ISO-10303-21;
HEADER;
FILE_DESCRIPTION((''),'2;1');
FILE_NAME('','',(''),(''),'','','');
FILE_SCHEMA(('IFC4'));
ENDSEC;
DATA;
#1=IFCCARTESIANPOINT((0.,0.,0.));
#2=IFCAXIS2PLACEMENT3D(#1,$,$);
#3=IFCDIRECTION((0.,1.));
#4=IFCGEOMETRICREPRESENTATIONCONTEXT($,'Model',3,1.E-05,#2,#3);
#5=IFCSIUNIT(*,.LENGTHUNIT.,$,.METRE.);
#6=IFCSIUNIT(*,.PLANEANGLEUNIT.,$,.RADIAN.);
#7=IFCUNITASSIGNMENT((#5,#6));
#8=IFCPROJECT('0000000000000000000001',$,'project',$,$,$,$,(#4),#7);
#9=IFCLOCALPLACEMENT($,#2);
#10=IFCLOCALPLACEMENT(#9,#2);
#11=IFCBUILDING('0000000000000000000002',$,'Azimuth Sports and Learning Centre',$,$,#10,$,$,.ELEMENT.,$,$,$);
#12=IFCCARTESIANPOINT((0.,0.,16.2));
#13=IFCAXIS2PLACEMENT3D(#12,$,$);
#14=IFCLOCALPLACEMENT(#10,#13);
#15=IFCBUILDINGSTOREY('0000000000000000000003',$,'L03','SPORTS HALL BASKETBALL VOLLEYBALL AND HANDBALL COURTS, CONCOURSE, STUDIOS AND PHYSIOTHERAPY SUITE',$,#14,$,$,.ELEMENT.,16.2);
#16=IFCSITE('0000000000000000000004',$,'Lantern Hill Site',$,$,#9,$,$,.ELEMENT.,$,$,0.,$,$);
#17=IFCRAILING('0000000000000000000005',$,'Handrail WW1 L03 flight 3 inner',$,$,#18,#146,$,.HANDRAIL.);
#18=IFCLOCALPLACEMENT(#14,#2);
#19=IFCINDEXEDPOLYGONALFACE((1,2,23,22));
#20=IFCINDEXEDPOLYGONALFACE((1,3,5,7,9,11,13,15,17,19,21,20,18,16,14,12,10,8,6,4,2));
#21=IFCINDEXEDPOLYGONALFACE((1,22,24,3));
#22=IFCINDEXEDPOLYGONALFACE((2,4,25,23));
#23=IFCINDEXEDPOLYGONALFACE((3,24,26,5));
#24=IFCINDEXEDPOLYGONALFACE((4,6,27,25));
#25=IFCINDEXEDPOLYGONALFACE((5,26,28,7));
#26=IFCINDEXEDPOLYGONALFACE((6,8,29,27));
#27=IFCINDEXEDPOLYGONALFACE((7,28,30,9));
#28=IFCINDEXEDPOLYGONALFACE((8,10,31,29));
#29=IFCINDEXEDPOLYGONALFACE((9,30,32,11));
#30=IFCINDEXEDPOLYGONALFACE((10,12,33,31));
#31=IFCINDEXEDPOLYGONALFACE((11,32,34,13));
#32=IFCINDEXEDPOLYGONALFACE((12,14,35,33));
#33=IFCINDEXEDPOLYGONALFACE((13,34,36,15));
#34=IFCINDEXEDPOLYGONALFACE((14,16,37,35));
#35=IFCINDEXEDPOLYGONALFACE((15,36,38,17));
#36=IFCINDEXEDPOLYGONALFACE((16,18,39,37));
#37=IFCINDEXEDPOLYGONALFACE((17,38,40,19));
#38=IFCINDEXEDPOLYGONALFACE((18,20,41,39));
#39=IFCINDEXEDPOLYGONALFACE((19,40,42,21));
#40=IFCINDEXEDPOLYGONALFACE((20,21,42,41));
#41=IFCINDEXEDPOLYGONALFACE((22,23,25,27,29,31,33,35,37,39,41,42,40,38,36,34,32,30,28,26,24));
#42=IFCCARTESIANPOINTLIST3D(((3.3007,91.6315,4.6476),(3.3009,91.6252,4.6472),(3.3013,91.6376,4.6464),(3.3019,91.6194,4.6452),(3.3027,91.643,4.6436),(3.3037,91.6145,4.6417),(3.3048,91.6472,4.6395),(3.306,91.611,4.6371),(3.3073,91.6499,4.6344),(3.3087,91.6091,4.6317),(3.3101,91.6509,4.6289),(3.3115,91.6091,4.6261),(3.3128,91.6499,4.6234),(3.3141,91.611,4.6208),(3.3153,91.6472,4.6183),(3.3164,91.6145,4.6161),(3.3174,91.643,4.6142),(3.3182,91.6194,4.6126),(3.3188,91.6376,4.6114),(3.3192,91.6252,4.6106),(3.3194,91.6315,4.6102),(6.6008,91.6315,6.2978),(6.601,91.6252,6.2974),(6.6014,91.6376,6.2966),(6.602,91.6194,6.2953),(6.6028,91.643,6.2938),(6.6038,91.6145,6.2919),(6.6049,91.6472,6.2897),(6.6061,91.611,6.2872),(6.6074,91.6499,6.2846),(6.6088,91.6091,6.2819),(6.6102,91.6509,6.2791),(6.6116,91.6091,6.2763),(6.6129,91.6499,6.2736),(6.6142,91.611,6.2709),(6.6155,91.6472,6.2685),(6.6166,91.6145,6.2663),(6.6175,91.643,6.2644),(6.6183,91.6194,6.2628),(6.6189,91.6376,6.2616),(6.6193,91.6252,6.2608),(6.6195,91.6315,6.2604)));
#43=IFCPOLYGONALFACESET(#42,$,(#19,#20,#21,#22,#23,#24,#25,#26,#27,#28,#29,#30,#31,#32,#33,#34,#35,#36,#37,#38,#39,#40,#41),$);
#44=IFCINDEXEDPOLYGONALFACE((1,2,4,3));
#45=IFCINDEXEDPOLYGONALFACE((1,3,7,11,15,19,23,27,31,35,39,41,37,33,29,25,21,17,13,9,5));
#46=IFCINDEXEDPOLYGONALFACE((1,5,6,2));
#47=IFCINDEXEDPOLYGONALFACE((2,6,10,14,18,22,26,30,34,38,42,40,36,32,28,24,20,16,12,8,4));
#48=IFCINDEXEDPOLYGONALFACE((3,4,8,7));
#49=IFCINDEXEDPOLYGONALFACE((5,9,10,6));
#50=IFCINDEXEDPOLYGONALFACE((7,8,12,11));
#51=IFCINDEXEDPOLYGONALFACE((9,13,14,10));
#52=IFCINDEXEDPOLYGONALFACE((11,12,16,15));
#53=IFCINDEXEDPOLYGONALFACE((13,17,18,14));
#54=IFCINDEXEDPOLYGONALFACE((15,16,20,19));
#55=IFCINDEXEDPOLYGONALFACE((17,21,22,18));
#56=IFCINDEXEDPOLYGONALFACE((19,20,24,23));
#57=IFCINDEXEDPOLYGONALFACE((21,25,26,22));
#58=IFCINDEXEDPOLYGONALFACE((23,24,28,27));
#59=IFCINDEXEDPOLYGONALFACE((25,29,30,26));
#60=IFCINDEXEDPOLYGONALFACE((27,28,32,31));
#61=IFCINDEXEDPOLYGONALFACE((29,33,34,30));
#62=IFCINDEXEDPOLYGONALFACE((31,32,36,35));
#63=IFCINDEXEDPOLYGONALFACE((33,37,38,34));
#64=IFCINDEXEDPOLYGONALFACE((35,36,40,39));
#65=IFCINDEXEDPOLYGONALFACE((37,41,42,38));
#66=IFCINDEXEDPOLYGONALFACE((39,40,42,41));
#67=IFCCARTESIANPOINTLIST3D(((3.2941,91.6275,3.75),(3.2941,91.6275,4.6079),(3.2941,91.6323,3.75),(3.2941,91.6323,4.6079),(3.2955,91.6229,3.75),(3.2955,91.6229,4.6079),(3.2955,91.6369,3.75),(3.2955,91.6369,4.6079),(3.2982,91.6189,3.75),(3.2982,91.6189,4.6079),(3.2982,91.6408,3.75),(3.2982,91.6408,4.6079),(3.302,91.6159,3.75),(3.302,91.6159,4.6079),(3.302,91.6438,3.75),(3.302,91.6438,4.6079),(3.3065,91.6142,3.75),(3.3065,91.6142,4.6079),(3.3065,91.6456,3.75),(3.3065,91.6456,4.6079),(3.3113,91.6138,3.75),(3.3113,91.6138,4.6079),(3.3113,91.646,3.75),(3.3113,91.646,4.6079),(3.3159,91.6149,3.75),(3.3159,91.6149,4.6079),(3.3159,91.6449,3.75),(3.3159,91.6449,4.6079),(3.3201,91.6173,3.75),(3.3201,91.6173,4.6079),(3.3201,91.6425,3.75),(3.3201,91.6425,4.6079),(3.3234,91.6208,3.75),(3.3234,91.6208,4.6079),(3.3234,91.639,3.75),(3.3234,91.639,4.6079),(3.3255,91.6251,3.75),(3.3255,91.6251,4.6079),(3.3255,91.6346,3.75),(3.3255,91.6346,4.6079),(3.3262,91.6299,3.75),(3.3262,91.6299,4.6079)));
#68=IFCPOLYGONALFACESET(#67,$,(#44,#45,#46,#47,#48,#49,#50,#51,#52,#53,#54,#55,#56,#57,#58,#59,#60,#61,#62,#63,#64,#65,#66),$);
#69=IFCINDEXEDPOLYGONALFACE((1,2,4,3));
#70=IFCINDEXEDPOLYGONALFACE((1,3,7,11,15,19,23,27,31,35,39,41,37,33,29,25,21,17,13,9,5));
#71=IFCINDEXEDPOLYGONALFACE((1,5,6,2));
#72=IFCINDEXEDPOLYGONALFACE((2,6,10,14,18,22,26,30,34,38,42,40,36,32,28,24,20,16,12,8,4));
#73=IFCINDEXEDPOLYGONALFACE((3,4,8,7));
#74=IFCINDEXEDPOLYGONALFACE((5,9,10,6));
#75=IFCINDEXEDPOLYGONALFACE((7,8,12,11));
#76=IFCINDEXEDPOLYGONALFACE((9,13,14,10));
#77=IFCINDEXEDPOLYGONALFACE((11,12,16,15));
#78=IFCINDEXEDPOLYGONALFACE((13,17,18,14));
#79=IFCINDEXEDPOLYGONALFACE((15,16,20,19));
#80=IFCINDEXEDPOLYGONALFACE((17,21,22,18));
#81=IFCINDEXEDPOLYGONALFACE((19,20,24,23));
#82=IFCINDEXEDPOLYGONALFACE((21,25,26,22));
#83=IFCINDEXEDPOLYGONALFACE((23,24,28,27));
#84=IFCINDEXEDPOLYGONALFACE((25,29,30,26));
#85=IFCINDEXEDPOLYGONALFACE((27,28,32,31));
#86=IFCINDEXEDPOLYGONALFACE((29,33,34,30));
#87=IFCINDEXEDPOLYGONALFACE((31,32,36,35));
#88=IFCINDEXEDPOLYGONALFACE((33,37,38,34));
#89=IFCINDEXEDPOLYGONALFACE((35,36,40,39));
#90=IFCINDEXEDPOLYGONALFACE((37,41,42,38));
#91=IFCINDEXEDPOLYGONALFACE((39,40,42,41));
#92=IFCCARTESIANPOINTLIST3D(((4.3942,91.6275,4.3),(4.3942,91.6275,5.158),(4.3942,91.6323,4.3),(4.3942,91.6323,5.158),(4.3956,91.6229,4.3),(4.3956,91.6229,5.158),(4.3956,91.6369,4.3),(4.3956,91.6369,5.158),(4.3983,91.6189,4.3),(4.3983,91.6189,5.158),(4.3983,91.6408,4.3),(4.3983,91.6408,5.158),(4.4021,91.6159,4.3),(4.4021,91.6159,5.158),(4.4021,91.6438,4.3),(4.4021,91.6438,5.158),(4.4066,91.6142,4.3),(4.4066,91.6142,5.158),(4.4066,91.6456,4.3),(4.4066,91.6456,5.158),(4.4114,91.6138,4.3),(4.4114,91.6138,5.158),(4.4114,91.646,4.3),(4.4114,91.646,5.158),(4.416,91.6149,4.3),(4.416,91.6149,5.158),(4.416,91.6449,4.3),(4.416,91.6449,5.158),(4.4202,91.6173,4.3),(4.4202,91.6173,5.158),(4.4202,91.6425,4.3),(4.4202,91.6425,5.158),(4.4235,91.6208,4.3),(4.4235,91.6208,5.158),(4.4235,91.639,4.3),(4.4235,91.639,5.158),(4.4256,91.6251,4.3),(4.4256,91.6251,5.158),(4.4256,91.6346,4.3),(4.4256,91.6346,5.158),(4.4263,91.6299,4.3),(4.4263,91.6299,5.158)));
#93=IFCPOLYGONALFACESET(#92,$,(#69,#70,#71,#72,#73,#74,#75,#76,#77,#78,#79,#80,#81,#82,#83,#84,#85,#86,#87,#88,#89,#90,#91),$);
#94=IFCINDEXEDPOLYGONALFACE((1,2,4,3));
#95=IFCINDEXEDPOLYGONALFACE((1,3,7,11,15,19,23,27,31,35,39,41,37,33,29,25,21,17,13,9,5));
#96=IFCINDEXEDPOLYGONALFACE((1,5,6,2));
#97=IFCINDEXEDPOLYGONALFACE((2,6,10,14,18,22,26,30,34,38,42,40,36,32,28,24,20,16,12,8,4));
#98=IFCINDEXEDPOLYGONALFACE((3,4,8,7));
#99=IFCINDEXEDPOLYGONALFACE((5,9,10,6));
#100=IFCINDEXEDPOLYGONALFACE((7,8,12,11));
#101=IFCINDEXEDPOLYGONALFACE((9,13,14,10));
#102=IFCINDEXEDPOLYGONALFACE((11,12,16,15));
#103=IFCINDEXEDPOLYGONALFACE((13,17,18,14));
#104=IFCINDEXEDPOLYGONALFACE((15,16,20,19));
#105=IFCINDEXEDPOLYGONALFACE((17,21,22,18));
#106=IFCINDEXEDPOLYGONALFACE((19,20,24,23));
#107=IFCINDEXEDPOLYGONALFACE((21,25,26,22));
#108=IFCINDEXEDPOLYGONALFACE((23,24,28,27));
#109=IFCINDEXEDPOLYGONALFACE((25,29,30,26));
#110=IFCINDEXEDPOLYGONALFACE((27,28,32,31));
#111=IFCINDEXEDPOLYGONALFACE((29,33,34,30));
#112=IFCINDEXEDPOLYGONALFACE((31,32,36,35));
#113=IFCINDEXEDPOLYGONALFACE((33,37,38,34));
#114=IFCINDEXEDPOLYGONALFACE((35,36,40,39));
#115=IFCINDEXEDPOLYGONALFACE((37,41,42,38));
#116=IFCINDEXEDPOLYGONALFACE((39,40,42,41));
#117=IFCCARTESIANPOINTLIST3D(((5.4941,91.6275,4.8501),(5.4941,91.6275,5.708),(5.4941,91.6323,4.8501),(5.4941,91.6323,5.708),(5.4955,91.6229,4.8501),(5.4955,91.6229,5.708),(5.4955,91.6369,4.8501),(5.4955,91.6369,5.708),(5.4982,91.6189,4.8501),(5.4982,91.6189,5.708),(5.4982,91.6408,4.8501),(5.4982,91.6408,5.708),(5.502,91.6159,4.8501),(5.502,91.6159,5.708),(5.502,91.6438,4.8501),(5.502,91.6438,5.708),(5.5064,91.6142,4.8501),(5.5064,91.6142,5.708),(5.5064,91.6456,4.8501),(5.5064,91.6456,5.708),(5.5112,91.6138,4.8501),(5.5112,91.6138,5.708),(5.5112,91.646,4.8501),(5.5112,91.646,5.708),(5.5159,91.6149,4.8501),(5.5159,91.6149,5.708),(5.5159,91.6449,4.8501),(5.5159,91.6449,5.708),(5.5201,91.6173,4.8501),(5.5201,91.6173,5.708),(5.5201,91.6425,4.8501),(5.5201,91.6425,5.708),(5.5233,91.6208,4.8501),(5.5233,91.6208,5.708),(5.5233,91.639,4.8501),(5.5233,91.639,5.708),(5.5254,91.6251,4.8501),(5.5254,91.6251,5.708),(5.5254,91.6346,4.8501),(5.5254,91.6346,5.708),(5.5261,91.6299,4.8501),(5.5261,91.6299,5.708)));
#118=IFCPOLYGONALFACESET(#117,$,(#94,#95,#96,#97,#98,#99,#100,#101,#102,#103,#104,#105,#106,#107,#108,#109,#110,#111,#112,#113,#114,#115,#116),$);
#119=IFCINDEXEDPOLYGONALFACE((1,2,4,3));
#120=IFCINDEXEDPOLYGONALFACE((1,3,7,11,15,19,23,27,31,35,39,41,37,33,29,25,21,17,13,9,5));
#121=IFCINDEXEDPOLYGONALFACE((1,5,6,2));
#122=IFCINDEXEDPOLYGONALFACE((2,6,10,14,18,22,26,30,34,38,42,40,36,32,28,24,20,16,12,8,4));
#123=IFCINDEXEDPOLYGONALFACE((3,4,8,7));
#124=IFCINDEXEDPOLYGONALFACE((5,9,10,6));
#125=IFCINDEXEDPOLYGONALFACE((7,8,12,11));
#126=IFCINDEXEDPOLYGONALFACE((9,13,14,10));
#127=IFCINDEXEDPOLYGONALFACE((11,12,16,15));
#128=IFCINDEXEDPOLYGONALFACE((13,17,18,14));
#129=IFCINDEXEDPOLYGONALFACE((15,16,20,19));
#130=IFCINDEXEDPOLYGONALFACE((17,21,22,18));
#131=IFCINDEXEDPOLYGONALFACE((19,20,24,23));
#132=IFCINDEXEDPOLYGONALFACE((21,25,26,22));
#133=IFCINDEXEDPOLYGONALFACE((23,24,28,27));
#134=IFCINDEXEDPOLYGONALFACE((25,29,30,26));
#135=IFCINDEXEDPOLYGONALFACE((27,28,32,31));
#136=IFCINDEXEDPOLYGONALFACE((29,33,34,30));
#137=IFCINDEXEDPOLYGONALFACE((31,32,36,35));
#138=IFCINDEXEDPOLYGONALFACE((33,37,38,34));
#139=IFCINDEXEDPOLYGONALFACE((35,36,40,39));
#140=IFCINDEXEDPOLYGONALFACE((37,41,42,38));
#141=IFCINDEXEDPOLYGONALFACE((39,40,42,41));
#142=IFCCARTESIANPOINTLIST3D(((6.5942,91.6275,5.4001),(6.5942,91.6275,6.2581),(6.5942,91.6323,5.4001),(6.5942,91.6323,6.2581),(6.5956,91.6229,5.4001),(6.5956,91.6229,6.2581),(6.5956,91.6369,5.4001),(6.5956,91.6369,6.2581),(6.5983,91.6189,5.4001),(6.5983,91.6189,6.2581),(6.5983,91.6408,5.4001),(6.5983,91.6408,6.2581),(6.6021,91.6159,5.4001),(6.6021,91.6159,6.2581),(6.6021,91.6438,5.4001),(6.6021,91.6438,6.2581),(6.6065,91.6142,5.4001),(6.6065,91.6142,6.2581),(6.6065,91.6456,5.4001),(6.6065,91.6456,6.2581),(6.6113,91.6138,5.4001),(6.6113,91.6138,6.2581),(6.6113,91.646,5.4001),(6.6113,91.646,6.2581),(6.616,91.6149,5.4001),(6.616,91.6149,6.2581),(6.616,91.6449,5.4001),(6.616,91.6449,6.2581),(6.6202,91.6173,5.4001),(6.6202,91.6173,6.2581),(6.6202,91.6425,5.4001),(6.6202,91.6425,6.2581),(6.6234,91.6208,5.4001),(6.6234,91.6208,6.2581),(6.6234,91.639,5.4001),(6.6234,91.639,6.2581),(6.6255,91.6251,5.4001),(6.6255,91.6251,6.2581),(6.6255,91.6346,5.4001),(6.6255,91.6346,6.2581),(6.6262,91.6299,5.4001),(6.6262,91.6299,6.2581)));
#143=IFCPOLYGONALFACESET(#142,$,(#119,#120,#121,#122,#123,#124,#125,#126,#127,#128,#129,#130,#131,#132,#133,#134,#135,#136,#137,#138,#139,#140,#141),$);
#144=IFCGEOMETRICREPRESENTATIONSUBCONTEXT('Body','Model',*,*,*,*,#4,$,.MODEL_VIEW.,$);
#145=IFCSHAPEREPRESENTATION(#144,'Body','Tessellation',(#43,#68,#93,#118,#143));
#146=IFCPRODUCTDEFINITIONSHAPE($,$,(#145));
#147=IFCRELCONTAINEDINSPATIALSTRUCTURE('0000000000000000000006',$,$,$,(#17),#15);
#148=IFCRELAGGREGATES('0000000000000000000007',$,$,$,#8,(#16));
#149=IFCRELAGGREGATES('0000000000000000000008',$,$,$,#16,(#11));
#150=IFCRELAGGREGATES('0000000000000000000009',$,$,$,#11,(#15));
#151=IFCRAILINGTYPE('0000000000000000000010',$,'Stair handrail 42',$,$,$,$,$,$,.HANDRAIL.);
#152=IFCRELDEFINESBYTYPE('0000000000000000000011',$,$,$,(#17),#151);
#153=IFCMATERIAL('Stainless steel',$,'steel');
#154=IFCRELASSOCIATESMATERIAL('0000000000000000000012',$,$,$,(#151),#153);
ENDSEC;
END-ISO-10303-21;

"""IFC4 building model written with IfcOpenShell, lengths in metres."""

from ifc_helpers import new_model, si_unit, direction, frame, origin, origin_2d, place, context, subcontext, project, spatial, circle, extrude, material, type_object, element, save


model = new_model("IFC4")

# Units and contexts
model_context = context("Model", 3, precision=1e-05, world=origin(), true_north=direction((0.0, 1.0)))
body_context = subcontext(model_context, "Body", "Model", "MODEL_VIEW")
ifc_project = project(units=[si_unit("LENGTHUNIT", "METRE"), si_unit("PLANEANGLEUNIT", "RADIAN")], contexts=[model_context])

# Site, building, storey
site_placement = place(None, origin())
site = spatial("IfcSite", under=ifc_project, at=site_placement, Name="Lantern Hill Site", CompositionType="ELEMENT", RefElevation=0.0)
building_placement = place(site_placement, origin())
building = spatial("IfcBuilding", under=site, at=building_placement, Name="Azimuth Sports and Learning Centre", CompositionType="ELEMENT")
storey_placement = place(building_placement, frame((0.0, 0.0, 16.2)))
storey = spatial("IfcBuildingStorey", under=building, at=storey_placement, Name="L03", Description="SPORTS HALL BASKETBALL VOLLEYBALL AND HANDBALL COURTS, CONCOURSE, STUDIOS AND PHYSIOTHERAPY SUITE", CompositionType="ELEMENT", Elevation=16.2)

# Railing
ifc_material_1 = material(Name="Stainless steel", Category="steel")
railing_type_1 = type_object("IfcRailingType", Name="Stair handrail 42", PredefinedType="HANDRAIL", material=ifc_material_1)
for number, where, name in (
    (1, (3.3101, 91.6299, 3.75), "Handrail WW1 L03 flight 3 inner"),
):
    element("IfcRailing", number, at=place(storey_placement, frame(where)), inside=storey, type_object=railing_type_1, Name=name, PredefinedType="HANDRAIL", context=body_context, shape_type="SweptSolid", body=[
        extrude(circle(Radius=0.021, at=origin_2d()), frame((0.0, 0.0, 0.8789), z_axis=(0.894414, 0.0, 0.44724), x_axis=(0.0, 1.0, 0.0)), (0.0, 0.0, 1.0), 3.6897),
        extrude(circle(Radius=0.0161, at=origin_2d()), origin(), (0.0, 0.0, 1.0), 0.8579),
        extrude(circle(Radius=0.0161, at=origin_2d()), frame((1.1001, 0.0, 0.55)), (0.0, 0.0, 1.0), 0.8579),
        extrude(circle(Radius=0.0161, at=origin_2d()), frame((2.2, 0.0, 1.1001)), (0.0, 0.0, 1.0), 0.8579),
        extrude(circle(Radius=0.0161, at=origin_2d()), frame((3.3, 0.0, 1.6501)), (0.0, 0.0, 1.0), 0.8579),
    ])

save(model, "model.ifc")
